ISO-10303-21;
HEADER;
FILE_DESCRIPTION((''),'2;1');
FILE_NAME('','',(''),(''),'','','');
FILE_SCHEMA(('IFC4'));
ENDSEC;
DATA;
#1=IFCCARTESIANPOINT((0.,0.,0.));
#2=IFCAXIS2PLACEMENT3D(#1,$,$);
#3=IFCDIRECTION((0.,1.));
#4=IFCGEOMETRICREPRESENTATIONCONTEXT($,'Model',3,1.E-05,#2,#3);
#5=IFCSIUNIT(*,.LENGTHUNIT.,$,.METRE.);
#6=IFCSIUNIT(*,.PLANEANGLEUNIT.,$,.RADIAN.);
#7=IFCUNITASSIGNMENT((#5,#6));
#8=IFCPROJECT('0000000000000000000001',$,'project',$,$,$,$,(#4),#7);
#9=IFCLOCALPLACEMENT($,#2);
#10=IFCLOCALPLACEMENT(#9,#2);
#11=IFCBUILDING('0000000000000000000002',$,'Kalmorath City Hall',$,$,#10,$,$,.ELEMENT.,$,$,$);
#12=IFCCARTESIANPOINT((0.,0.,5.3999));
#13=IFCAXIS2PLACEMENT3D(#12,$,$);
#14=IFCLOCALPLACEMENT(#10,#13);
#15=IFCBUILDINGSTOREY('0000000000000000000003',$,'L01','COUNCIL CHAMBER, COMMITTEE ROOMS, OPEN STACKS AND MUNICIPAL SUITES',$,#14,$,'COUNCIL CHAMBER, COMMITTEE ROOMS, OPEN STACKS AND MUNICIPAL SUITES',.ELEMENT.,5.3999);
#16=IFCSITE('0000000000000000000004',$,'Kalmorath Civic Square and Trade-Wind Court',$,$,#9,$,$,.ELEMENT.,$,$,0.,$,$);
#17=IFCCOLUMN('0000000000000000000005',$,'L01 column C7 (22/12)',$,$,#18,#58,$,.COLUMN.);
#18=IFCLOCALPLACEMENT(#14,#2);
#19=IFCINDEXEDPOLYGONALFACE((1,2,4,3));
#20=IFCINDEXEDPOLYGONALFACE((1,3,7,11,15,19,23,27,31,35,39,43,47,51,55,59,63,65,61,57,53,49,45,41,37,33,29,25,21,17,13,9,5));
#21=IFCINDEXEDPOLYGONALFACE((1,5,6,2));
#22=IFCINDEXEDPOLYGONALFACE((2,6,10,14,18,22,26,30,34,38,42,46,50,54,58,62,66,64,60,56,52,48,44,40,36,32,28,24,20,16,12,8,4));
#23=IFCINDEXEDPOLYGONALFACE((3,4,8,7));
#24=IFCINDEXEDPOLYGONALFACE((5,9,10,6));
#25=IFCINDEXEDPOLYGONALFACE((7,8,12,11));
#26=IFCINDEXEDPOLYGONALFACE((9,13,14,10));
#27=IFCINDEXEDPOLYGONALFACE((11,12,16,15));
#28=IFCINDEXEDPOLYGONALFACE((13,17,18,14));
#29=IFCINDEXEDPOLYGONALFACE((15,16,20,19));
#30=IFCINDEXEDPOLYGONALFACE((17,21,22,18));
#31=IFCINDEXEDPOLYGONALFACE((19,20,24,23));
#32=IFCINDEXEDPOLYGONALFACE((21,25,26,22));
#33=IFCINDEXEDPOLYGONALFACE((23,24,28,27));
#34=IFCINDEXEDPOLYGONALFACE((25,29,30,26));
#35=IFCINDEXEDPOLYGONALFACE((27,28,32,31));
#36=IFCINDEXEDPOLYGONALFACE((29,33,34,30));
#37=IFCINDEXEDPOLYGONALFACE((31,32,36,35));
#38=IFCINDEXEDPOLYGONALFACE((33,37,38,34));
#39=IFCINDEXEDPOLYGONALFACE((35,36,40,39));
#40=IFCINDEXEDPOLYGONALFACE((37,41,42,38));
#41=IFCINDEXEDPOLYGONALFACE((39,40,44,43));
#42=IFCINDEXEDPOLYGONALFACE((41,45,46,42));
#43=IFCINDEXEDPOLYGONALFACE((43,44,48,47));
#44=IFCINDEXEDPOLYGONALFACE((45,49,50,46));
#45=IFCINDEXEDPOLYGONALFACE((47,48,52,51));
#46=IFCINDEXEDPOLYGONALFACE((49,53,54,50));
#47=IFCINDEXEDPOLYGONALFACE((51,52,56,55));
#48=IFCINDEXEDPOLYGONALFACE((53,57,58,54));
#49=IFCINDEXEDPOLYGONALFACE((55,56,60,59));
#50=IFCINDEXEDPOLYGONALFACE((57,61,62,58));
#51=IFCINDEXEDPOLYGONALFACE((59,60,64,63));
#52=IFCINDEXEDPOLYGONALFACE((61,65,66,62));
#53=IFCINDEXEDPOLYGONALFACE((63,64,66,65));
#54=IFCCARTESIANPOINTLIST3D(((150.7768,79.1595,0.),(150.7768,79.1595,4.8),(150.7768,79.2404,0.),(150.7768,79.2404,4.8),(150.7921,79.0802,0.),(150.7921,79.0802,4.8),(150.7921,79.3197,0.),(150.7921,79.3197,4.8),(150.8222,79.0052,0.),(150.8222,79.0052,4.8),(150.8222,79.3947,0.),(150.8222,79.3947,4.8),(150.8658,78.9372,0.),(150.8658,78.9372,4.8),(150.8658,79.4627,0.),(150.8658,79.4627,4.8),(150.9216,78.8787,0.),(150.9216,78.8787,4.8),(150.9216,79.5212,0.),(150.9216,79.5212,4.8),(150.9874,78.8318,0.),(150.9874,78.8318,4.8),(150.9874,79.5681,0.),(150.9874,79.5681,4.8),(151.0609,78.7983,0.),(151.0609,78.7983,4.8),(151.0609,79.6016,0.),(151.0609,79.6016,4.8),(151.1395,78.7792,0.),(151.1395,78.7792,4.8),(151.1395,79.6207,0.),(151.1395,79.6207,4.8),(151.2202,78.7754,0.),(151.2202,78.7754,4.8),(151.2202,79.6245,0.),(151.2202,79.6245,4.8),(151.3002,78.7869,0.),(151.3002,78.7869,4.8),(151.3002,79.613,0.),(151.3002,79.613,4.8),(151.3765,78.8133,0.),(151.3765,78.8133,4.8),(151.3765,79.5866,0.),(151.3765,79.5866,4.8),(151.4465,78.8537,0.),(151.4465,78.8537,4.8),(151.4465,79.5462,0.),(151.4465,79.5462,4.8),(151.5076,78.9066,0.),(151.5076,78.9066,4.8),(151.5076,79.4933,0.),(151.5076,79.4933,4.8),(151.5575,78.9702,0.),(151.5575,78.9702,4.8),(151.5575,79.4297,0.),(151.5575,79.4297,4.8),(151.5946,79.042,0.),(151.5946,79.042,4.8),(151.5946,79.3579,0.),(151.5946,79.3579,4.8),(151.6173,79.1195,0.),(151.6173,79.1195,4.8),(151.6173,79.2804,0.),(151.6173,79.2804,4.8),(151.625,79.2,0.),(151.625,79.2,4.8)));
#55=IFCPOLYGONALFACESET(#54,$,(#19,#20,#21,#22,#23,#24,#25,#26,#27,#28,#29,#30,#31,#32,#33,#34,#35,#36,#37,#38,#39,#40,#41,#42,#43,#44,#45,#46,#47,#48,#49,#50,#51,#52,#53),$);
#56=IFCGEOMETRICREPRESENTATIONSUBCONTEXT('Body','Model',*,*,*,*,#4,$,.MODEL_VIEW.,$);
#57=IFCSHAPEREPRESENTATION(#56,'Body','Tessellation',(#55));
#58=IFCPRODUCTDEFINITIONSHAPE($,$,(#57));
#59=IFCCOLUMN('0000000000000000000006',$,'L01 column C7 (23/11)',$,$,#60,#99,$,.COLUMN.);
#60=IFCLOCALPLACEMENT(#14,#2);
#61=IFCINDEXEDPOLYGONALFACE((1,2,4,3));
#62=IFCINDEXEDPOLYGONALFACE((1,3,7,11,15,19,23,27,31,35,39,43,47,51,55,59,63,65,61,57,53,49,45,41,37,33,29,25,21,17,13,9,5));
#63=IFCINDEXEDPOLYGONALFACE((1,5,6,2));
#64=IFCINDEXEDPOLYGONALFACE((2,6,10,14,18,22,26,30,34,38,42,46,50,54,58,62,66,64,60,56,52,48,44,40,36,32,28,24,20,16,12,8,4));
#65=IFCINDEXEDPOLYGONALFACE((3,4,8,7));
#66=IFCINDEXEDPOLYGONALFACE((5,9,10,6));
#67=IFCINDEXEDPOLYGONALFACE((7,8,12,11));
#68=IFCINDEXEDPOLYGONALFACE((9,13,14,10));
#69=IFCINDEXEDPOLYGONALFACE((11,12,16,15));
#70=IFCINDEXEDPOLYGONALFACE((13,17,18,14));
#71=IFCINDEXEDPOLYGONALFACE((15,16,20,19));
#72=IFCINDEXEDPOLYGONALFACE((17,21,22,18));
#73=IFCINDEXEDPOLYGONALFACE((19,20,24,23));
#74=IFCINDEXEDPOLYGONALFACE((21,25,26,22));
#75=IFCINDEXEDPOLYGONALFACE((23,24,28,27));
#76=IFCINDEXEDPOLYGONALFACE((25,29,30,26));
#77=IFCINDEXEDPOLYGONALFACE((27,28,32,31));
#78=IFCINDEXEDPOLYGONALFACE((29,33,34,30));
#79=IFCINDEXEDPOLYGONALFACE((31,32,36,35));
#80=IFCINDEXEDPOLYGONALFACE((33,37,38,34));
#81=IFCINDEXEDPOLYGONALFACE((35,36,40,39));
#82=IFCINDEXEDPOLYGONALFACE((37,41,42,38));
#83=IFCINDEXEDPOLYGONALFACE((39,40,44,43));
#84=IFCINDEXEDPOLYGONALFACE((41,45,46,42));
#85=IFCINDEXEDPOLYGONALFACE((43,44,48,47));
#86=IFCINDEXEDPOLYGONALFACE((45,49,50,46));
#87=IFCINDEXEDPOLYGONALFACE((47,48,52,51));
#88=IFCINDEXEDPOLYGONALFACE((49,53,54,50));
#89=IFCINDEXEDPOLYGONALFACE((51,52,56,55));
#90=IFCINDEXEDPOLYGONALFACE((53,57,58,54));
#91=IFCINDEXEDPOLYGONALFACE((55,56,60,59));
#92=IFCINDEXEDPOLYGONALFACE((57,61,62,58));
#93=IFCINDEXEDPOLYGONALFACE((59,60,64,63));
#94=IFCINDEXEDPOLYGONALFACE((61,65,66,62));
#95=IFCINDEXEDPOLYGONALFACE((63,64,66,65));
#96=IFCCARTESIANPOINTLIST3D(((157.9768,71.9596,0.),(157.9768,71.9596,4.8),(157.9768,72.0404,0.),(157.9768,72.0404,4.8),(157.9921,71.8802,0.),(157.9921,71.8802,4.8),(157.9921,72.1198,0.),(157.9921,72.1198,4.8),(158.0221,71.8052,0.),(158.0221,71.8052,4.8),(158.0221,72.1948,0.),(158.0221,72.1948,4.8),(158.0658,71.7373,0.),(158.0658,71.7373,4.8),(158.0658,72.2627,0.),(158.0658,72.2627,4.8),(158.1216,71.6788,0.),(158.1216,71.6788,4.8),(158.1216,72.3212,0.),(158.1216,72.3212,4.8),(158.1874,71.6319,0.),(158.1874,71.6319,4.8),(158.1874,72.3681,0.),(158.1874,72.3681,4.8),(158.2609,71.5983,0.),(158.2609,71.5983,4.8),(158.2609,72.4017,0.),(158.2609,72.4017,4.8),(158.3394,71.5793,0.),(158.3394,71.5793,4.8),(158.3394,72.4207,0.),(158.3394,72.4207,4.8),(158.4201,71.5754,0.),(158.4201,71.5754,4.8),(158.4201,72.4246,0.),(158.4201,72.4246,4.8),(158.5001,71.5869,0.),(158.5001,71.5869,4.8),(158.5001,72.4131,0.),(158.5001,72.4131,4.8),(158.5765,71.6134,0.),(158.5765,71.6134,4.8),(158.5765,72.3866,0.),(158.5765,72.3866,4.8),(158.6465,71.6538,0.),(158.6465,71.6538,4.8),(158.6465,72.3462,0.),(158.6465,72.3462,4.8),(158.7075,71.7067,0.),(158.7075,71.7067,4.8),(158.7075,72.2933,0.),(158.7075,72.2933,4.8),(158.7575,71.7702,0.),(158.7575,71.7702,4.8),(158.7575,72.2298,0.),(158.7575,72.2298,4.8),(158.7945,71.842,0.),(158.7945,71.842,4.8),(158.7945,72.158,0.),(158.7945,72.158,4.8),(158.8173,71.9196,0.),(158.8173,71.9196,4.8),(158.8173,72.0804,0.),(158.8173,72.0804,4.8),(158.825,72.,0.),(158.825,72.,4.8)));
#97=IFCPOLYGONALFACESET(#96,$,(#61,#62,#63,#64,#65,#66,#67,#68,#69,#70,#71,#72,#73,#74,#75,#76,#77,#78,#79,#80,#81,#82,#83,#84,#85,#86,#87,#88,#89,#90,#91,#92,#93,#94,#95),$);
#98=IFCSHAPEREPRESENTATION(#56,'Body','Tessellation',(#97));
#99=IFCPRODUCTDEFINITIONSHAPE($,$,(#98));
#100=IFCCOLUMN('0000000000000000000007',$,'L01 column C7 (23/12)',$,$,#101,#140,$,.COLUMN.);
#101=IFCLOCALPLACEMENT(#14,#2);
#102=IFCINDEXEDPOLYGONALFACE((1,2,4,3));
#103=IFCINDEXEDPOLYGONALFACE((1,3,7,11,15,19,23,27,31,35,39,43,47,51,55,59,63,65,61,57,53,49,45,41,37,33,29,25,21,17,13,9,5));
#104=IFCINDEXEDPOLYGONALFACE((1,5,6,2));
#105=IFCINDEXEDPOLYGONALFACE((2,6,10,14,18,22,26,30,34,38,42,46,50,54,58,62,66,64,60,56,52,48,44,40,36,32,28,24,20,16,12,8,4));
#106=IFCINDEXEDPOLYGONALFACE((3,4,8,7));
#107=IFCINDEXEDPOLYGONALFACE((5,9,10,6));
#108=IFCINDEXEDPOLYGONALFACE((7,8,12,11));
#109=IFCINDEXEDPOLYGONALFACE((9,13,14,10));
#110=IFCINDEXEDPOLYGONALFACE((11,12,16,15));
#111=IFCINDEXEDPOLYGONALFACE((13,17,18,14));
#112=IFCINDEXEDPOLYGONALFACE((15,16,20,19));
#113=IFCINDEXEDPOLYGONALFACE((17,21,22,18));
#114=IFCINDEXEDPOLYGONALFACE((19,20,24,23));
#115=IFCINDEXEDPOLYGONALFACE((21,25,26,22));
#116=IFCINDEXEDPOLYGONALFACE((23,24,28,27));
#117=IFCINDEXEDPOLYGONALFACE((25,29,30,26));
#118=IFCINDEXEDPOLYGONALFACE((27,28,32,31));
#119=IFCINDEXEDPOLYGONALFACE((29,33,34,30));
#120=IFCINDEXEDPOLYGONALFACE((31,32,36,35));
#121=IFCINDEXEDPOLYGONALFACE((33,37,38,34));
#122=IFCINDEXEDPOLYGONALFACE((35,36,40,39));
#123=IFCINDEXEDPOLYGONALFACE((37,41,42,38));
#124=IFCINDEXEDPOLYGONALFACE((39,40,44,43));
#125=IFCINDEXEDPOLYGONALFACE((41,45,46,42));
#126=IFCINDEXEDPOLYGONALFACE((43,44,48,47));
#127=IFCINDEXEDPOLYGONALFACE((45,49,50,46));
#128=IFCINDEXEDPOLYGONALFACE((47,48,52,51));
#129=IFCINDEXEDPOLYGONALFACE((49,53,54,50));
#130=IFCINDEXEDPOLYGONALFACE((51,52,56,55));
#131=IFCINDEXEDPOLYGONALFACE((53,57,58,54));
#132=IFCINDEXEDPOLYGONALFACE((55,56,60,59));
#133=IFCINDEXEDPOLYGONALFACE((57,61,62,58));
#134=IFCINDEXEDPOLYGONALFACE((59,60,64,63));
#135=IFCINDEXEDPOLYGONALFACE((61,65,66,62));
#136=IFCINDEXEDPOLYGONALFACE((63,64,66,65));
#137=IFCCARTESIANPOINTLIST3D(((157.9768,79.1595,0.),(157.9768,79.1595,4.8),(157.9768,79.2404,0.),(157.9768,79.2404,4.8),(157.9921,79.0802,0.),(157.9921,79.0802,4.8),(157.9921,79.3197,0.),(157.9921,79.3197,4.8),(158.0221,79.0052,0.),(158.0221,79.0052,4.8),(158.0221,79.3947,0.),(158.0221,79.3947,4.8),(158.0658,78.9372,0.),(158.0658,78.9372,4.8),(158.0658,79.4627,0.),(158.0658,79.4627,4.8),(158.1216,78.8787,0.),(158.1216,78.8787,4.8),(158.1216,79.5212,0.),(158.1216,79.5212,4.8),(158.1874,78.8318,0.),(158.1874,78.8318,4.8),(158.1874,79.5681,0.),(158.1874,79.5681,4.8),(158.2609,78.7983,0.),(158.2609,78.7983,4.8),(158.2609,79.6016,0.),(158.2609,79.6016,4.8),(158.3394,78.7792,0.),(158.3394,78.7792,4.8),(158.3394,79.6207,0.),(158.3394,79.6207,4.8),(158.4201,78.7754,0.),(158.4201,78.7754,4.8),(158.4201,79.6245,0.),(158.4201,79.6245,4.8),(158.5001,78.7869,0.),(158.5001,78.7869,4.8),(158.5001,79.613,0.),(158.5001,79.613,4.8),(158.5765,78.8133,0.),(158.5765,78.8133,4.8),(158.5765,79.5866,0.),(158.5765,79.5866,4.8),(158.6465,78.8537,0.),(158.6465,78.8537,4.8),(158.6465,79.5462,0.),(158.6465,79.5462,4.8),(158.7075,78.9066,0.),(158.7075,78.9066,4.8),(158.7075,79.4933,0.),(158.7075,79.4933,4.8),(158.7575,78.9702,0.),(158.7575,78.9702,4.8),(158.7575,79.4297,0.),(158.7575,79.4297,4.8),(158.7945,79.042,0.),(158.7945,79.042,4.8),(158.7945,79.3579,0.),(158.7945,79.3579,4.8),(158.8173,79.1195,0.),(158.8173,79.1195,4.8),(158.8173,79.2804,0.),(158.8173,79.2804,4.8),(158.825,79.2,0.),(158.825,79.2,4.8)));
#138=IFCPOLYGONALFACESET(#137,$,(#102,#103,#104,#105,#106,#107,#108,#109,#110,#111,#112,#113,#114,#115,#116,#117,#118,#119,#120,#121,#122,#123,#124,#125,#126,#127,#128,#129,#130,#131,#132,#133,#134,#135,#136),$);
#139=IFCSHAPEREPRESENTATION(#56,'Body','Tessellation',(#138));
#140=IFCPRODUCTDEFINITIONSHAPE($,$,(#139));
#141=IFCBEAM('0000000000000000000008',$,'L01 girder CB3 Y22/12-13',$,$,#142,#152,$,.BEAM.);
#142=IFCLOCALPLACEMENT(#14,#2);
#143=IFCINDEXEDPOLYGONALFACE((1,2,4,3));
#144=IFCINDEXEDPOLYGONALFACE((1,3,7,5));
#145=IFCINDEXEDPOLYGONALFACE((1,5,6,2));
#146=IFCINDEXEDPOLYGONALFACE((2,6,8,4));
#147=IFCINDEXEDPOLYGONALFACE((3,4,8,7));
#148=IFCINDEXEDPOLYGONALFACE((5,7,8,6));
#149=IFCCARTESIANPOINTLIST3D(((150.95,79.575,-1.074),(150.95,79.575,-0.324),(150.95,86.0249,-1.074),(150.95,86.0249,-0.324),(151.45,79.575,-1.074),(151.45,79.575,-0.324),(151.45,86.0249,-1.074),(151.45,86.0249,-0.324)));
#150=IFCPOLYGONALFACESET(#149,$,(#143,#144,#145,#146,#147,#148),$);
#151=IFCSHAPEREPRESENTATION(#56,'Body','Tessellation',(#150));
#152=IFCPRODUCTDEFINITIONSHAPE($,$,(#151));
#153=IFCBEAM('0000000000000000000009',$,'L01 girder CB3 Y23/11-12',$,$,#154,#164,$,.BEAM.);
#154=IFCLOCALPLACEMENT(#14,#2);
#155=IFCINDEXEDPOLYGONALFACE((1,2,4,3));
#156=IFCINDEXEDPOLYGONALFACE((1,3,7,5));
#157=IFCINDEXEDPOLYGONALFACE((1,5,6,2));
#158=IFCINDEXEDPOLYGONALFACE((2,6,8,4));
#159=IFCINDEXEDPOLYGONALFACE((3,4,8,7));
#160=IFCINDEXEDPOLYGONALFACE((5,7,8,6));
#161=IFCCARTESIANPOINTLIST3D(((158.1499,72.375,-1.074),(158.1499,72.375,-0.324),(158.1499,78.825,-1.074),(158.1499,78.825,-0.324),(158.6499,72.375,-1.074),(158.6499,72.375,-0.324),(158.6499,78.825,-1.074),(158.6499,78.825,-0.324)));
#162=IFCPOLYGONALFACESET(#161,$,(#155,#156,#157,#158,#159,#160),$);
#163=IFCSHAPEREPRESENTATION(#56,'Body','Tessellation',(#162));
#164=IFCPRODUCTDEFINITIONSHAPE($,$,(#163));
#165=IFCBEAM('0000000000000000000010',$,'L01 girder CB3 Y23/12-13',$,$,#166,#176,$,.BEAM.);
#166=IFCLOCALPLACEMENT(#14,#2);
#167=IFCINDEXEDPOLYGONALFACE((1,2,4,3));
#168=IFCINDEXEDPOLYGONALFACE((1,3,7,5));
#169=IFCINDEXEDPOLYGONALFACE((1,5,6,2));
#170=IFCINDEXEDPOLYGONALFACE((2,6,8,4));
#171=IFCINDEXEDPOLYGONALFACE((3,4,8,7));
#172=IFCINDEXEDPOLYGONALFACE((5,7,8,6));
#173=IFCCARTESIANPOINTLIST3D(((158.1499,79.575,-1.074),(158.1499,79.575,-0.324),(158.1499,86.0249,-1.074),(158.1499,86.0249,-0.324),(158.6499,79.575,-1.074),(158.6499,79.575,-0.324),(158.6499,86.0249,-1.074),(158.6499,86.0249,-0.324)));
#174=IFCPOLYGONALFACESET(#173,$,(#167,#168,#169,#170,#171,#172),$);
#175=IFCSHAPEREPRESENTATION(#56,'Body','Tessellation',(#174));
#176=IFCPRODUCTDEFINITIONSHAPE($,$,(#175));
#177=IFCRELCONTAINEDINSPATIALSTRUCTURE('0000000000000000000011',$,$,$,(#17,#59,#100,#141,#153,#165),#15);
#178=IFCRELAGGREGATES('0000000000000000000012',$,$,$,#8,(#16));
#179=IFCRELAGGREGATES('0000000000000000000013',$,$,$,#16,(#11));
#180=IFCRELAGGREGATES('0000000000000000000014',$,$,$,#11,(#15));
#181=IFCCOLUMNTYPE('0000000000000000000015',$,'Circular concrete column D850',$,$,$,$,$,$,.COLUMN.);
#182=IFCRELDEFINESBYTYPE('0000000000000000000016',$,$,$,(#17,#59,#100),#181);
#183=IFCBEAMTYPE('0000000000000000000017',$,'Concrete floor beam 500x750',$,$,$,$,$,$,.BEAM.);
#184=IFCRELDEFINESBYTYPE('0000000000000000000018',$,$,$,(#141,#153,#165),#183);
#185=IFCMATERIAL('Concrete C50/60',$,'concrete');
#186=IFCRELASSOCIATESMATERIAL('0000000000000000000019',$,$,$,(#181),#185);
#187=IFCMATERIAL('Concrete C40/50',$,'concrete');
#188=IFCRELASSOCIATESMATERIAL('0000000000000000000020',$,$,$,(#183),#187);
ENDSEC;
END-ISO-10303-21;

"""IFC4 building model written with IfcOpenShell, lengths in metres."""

from ifc_helpers import new_model, si_unit, direction, frame, origin, origin_2d, place, context, subcontext, project, spatial, rectangle, circle, extrude, material, material_profile, profile_set, type_object, element, save


model = new_model("IFC4")

# Units and contexts
model_context = context("Model", 3, precision=1e-05, world=origin(), true_north=direction((0.0, 1.0)))
body_context = subcontext(model_context, "Body", "Model", "MODEL_VIEW")
ifc_project = project(units=[si_unit("LENGTHUNIT", "METRE"), si_unit("PLANEANGLEUNIT", "RADIAN")], contexts=[model_context])

# Site, building, storey
site_placement = place(None, origin())
site = spatial("IfcSite", under=ifc_project, at=site_placement, Name="Kalmorath Civic Square and Trade-Wind Court", CompositionType="ELEMENT", RefElevation=0.0)
building_placement = place(site_placement, origin())
building = spatial("IfcBuilding", under=site, at=building_placement, Name="Kalmorath City Hall", CompositionType="ELEMENT")
storey_placement = place(building_placement, frame((0.0, 0.0, 5.3999)))
storey = spatial("IfcBuildingStorey", under=building, at=storey_placement, Name="L01", Description="COUNCIL CHAMBER, COMMITTEE ROOMS, OPEN STACKS AND MUNICIPAL SUITES", LongName="COUNCIL CHAMBER, COMMITTEE ROOMS, OPEN STACKS AND MUNICIPAL SUITES", CompositionType="ELEMENT", Elevation=5.3999)

# Columns
ifc_material_1 = material(Name="Concrete C50/60", Category="concrete")
ifc_material_profile_1 = material_profile(ifc_material_1, circle(Radius=0.425, at=origin_2d()), Name="RC-COL-D850")
ifc_profile_set_1 = profile_set([ifc_material_profile_1], Name="Concrete C50/60")
column_type = type_object("IfcColumnType", Name="Circular concrete column D850", PredefinedType="COLUMN", material=ifc_profile_set_1)
for number, where, z_axis, x_axis, name in (
    (1, (151.2, 79.2, 0.0), (0.0, 0.0, 1.0), (1.0, 0.0, 0.0), "L01 column C7 (22/12)"),
    (2, (158.3999, 72.0, 0.0), (0.0, 0.0, 1.0), (1.0, 0.0, 0.0), "L01 column C7 (23/11)"),
    (3, (158.3999, 79.2, 0.0), (0.0, 0.0, 1.0), (1.0, 0.0, 0.0), "L01 column C7 (23/12)"),
):
    element("IfcColumn", number, at=place(storey_placement, frame(where, z_axis=z_axis, x_axis=x_axis)), inside=storey, type_object=column_type, Name=name, PredefinedType="COLUMN", context=body_context, shape_type="SweptSolid", body=[
        extrude(circle(Radius=0.425, at=origin_2d()), origin(), (0.0, 0.0, 1.0), 4.8),
    ])

# Beams
ifc_material_2 = material(Name="Concrete C40/50", Category="concrete")
ifc_material_profile_2 = material_profile(ifc_material_2, rectangle(XDim=0.5, YDim=0.75, at=origin_2d()), Name="RC-BM-500X750")
ifc_profile_set_2 = profile_set([ifc_material_profile_2], Name="Concrete C40/50")
beam_type_1 = type_object("IfcBeamType", Name="Concrete floor beam 500x750", PredefinedType="BEAM", material=ifc_profile_set_2)
for number, where, z_axis, x_axis, name in (
    (4, (151.2, 79.575, -0.699), (0.0, 1.0, 0.0), (-1.0, 0.0, 0.0), "L01 girder CB3 Y22/12-13"),
    (5, (158.3999, 72.375, -0.699), (0.0, 1.0, 0.0), (-1.0, 0.0, 0.0), "L01 girder CB3 Y23/11-12"),
    (6, (158.3999, 79.575, -0.699), (0.0, 1.0, 0.0), (-1.0, 0.0, 0.0), "L01 girder CB3 Y23/12-13"),
):
    element("IfcBeam", number, at=place(storey_placement, frame(where, z_axis=z_axis, x_axis=x_axis)), inside=storey, type_object=beam_type_1, Name=name, PredefinedType="BEAM", context=body_context, shape_type="SweptSolid", body=[
        extrude(rectangle(XDim=0.5, YDim=0.75, at=origin_2d()), origin(), (0.0, 0.0, 1.0), 6.45),
    ])

save(model, "model.ifc")
